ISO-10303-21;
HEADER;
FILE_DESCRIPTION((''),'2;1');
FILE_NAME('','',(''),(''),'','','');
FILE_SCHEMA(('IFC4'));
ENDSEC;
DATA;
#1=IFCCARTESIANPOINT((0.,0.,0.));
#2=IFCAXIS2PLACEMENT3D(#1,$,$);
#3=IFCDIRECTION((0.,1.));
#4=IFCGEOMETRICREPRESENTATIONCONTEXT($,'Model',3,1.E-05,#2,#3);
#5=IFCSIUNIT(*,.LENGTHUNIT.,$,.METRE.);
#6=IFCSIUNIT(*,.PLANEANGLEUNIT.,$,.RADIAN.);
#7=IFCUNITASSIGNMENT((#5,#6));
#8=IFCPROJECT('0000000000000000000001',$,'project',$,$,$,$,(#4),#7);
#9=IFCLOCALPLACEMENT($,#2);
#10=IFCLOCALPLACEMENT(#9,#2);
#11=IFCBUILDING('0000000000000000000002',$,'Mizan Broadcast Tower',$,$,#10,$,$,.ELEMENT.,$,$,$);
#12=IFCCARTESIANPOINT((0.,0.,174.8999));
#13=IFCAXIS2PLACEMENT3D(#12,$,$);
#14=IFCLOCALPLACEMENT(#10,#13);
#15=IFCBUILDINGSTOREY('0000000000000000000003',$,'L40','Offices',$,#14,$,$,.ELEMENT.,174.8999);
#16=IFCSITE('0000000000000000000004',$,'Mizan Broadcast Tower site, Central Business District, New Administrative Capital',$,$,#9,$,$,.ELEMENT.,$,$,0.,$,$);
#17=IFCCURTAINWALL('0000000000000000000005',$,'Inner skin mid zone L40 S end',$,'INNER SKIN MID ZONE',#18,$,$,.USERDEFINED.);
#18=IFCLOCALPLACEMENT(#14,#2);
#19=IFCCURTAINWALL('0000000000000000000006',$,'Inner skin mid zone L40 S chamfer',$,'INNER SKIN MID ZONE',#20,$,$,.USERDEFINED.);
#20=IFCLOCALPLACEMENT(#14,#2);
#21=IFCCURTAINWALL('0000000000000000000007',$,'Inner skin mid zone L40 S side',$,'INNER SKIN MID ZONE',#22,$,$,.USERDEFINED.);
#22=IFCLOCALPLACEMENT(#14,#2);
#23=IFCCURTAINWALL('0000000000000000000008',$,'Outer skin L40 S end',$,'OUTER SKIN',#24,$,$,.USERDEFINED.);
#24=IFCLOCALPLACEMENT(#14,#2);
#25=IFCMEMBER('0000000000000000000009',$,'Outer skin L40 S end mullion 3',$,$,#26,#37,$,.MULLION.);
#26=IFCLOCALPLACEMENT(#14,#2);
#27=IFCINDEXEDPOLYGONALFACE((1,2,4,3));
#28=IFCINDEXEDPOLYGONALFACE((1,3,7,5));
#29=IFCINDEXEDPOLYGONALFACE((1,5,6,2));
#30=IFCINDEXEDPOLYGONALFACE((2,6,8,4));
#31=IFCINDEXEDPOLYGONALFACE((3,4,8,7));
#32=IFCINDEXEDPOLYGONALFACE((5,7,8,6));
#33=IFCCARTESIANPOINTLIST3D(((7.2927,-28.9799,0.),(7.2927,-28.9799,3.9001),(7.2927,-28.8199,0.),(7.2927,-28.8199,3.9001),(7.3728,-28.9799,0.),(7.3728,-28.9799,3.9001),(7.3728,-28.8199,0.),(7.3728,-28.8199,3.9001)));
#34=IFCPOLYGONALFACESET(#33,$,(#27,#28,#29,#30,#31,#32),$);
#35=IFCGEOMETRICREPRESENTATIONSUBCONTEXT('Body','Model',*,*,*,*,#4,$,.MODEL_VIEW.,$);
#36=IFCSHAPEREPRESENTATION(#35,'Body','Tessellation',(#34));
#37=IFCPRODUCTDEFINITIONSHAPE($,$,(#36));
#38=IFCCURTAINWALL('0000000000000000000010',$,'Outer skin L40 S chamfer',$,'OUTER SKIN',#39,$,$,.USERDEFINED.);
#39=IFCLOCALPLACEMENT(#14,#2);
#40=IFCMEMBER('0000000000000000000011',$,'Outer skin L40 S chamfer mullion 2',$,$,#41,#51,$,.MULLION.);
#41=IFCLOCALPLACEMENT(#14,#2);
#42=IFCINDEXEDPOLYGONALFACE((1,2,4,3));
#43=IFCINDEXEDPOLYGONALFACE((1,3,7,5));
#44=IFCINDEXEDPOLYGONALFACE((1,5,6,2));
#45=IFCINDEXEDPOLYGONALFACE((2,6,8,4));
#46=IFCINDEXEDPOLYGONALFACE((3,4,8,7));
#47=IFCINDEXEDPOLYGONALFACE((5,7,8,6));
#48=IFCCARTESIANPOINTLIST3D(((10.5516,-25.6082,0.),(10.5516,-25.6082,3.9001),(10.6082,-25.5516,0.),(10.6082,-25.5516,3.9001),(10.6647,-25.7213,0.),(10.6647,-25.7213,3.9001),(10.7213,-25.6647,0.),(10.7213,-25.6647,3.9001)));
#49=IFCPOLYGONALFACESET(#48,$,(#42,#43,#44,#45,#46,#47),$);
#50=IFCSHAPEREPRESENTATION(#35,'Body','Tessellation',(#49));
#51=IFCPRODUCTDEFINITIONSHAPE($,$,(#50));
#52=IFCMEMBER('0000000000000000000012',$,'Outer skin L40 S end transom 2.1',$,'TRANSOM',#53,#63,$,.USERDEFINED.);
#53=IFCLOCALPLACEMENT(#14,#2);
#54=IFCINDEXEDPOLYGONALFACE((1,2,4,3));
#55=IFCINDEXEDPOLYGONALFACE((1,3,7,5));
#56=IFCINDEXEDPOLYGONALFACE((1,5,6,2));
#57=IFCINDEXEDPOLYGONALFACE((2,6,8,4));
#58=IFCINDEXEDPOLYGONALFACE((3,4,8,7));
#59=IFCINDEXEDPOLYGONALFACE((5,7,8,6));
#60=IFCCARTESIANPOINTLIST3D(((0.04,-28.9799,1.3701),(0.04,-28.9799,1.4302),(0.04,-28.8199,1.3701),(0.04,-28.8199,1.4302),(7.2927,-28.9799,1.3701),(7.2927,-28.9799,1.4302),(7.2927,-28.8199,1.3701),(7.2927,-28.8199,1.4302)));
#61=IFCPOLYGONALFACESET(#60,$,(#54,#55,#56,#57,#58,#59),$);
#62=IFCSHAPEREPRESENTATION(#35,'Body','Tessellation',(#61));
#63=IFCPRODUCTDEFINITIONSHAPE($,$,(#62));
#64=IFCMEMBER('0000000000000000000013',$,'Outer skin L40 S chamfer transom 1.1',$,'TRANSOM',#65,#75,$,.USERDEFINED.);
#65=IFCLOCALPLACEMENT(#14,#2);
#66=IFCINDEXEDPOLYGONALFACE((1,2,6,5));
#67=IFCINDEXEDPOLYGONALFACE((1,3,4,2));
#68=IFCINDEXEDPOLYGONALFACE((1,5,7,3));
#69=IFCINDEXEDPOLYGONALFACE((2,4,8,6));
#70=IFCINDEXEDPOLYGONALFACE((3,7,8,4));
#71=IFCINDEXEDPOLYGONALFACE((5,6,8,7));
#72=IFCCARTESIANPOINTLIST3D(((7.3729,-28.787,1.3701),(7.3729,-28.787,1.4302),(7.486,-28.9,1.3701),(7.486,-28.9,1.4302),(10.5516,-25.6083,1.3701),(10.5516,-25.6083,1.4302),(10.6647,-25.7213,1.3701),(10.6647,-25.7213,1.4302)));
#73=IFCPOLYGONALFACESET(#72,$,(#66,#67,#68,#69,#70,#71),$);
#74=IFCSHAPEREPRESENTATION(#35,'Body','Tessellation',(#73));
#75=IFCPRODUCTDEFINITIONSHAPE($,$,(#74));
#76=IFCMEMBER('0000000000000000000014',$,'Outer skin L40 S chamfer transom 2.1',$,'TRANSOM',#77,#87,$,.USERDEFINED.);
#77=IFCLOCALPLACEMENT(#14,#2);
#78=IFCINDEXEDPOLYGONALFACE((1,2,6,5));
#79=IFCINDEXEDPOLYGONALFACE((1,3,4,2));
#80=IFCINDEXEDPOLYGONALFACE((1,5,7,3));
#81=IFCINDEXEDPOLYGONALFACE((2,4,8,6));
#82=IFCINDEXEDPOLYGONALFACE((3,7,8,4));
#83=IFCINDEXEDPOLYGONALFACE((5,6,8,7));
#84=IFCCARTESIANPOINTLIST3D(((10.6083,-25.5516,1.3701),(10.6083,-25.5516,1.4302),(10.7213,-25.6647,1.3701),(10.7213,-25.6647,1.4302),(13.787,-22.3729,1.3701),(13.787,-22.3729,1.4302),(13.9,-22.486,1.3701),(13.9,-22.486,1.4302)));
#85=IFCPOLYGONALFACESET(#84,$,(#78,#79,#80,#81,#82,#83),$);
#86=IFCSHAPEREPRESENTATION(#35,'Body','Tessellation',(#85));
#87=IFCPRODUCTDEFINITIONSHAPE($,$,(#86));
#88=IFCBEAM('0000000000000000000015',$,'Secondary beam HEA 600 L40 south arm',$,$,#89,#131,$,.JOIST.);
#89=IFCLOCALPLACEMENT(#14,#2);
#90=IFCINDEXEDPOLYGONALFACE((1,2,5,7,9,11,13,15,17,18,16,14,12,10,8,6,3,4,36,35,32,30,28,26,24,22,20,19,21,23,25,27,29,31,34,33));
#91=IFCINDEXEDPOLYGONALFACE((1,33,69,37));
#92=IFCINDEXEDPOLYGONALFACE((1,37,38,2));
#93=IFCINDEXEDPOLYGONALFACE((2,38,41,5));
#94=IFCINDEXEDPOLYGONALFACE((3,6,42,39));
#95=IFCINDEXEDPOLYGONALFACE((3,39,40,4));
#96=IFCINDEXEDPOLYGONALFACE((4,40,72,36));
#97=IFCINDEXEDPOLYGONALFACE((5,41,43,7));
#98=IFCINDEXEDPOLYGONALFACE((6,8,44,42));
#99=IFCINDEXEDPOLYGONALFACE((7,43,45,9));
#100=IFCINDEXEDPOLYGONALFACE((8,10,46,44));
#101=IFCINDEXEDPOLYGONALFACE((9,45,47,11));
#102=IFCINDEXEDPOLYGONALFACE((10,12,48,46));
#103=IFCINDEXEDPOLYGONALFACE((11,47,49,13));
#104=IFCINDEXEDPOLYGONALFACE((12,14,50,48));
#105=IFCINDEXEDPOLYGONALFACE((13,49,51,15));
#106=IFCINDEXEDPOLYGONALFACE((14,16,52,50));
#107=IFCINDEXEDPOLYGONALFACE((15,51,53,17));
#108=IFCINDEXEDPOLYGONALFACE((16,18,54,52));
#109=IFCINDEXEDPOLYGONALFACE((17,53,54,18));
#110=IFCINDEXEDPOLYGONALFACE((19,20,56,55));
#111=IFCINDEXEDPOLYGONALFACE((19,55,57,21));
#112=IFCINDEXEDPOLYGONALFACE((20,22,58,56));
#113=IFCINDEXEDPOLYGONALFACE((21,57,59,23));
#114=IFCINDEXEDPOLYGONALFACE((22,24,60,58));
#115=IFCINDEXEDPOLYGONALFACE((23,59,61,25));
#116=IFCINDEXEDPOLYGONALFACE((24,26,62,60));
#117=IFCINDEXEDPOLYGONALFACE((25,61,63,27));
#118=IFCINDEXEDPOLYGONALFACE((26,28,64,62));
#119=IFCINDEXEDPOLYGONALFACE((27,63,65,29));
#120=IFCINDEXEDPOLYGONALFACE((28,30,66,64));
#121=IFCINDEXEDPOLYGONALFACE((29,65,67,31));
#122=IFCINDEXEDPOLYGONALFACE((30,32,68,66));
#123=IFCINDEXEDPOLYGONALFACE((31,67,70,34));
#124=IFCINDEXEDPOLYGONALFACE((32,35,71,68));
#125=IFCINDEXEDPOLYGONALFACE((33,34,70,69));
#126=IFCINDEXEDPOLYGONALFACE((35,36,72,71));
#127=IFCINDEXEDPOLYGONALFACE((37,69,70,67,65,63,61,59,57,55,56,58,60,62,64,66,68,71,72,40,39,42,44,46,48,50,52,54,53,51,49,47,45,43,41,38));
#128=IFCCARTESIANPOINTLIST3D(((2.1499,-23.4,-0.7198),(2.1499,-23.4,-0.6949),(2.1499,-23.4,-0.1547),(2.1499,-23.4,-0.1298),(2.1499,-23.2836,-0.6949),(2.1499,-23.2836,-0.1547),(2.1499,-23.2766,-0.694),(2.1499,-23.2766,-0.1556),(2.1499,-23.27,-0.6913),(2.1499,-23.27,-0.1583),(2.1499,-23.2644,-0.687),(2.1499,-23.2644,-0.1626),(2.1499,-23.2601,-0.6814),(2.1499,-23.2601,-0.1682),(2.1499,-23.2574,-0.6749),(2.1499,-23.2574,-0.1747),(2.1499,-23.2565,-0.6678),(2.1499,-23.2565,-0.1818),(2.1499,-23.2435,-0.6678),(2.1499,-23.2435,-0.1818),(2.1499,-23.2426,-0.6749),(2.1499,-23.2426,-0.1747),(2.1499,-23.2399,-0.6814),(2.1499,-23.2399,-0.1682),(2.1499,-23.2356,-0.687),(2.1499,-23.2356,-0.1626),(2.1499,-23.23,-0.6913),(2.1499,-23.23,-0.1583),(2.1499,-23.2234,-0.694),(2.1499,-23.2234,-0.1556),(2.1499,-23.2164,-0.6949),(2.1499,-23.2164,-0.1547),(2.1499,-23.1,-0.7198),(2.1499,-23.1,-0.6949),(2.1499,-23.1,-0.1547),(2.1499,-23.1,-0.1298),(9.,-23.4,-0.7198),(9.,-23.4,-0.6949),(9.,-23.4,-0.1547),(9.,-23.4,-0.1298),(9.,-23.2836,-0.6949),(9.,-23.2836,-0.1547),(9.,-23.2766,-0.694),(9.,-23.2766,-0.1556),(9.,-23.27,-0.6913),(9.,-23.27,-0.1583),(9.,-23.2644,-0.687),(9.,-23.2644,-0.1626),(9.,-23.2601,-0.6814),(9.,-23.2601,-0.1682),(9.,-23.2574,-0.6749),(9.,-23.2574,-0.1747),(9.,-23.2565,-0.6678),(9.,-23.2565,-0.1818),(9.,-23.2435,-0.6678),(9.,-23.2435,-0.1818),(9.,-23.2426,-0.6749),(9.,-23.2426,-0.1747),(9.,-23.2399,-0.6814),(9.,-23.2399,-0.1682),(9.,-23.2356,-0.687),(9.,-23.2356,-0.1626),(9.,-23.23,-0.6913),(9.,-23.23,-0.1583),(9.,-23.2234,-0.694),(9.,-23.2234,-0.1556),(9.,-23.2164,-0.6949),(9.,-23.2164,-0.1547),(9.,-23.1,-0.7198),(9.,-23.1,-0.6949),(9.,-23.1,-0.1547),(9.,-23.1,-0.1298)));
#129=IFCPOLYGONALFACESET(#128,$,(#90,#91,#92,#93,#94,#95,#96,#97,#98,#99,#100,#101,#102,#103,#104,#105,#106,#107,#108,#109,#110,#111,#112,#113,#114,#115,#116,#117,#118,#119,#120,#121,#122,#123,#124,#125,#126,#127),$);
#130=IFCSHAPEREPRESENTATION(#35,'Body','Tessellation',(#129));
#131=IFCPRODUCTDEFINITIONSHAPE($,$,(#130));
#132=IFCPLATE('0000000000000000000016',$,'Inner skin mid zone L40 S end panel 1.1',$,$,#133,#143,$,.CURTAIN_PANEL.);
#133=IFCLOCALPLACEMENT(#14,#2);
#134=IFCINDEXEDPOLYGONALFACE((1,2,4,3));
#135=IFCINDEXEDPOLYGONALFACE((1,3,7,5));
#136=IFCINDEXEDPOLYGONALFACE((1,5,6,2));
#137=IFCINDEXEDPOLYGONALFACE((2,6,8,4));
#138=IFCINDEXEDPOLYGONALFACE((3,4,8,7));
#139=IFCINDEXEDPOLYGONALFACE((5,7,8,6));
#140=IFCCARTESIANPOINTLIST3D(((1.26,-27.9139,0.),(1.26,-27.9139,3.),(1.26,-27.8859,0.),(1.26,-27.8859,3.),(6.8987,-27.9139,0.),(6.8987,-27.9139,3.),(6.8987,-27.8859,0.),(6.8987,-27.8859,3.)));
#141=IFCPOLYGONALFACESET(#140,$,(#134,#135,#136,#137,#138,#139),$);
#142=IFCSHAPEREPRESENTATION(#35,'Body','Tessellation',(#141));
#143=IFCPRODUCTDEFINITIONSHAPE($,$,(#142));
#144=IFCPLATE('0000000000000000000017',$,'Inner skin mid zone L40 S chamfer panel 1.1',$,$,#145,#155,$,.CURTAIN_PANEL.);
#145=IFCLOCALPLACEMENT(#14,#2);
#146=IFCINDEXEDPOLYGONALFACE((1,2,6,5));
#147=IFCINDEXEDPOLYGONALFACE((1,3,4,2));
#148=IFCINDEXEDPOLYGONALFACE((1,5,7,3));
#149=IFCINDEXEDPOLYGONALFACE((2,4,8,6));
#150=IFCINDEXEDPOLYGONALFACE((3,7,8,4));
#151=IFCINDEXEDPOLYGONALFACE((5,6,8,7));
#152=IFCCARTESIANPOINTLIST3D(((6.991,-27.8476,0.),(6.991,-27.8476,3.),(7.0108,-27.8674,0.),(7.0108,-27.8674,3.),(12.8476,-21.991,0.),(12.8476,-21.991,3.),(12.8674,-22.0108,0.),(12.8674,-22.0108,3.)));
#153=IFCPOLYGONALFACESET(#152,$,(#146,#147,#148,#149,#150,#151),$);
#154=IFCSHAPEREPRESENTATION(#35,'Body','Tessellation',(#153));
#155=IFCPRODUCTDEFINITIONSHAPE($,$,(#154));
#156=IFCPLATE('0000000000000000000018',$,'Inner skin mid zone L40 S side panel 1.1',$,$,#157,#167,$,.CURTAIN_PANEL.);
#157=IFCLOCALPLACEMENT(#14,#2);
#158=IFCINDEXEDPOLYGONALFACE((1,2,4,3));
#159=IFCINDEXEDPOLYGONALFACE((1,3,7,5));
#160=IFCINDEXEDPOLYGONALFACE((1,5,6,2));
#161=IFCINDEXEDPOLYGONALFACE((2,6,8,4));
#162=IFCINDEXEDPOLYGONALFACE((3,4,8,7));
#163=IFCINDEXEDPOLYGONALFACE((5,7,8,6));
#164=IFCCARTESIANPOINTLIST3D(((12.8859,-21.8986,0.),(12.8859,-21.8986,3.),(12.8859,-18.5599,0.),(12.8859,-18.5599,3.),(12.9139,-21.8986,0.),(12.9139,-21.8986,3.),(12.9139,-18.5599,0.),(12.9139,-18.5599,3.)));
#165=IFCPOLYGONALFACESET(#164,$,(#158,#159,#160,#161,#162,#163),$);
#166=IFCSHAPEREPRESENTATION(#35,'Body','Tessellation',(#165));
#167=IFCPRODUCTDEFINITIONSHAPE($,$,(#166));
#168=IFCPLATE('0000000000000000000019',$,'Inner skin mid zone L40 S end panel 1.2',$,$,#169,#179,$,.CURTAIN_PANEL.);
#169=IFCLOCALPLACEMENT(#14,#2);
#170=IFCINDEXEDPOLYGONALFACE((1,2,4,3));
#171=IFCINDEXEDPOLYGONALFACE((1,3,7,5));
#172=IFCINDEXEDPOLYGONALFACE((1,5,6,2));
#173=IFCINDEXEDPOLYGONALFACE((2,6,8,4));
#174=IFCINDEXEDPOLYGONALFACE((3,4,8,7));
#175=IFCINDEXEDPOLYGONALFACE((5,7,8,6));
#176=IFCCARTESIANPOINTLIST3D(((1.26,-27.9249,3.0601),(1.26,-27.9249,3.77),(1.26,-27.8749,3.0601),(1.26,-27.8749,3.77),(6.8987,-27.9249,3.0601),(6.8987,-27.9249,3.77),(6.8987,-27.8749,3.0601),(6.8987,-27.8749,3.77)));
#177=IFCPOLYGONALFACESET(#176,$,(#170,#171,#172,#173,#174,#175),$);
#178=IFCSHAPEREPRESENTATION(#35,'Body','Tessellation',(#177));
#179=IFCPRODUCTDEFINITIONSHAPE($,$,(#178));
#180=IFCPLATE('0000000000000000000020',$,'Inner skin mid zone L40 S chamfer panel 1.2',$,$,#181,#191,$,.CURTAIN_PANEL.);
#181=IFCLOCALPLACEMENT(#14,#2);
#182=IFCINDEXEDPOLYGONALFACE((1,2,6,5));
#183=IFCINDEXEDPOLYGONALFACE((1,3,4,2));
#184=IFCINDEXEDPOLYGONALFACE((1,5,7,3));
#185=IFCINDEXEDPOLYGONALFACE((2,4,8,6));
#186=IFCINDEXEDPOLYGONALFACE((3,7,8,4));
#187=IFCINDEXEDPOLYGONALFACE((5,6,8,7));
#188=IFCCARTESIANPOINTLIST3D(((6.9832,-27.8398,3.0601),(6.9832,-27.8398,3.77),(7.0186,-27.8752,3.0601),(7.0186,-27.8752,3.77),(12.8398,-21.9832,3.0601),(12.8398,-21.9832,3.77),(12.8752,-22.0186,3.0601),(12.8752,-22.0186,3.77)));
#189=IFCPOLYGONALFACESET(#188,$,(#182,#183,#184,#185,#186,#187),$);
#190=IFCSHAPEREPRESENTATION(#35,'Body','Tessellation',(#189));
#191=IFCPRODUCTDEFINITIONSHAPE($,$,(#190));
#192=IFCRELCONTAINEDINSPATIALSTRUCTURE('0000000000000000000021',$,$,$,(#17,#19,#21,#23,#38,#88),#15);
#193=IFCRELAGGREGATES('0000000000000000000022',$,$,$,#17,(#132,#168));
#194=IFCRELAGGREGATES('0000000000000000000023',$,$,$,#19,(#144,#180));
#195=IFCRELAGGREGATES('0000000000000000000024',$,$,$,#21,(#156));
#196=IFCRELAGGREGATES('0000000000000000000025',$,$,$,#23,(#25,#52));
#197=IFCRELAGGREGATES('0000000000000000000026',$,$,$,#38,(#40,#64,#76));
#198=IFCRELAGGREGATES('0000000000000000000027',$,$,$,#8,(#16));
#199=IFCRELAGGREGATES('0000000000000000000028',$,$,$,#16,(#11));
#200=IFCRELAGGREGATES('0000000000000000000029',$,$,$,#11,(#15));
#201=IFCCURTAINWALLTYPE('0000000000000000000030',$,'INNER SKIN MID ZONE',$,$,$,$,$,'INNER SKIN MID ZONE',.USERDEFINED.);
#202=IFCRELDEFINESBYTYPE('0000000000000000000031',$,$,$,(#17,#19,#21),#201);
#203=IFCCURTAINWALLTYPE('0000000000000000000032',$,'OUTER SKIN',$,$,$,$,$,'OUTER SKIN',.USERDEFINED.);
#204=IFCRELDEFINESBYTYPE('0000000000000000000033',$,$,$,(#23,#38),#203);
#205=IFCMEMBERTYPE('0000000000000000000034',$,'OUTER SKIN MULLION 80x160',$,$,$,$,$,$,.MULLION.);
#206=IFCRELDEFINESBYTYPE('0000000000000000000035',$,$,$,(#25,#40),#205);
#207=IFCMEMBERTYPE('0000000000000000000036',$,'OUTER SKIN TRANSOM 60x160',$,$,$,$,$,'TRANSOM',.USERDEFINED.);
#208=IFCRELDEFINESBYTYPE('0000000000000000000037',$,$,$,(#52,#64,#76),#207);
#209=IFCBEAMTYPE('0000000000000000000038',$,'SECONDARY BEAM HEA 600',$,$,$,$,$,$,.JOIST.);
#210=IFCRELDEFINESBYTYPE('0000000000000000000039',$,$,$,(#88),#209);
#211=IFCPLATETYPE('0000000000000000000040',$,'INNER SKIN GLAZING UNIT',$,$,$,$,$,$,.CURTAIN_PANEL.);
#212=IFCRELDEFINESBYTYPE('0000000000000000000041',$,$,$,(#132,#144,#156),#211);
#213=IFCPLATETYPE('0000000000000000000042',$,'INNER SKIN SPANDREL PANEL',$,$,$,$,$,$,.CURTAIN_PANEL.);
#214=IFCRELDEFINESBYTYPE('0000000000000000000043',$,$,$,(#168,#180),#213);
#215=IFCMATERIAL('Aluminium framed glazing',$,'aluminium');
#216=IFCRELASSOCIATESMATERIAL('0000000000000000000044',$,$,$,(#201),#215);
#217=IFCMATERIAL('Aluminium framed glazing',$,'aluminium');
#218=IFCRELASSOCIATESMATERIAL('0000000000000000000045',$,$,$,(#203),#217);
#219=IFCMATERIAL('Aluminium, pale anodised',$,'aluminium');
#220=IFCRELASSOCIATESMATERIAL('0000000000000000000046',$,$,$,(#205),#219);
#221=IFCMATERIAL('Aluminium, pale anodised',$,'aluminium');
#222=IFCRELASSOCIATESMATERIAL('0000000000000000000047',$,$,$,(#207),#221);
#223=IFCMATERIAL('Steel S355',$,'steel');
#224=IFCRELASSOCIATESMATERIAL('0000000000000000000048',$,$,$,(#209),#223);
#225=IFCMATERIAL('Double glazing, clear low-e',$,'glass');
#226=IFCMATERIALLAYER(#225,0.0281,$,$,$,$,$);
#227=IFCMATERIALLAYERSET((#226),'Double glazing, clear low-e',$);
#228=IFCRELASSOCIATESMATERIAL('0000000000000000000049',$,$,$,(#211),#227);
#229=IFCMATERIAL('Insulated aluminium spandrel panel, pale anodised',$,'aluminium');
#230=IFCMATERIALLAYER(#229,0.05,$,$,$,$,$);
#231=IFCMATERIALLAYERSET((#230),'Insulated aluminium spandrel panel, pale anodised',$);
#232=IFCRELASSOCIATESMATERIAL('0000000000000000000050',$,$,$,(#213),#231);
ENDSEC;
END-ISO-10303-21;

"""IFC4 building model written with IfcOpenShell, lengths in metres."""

from ifc_helpers import new_model, si_unit, direction, frame, origin, origin_2d, place, context, subcontext, project, spatial, rectangle, i_section, extrude, material, layer, layer_set, material_profile, profile_set, type_object, element, aggregate, save


model = new_model("IFC4")

# Units and contexts
model_context = context("Model", 3, precision=1e-05, world=origin(), true_north=direction((0.0, 1.0)))
body_context = subcontext(model_context, "Body", "Model", "MODEL_VIEW")
ifc_project = project(units=[si_unit("LENGTHUNIT", "METRE"), si_unit("PLANEANGLEUNIT", "RADIAN")], contexts=[model_context])

# Site, building, storey
site_placement = place(None, origin())
site = spatial("IfcSite", under=ifc_project, at=site_placement, Name="Mizan Broadcast Tower site, Central Business District, New Administrative Capital", CompositionType="ELEMENT", RefElevation=0.0)
building_placement = place(site_placement, origin())
building = spatial("IfcBuilding", under=site, at=building_placement, Name="Mizan Broadcast Tower", CompositionType="ELEMENT")
storey_placement = place(building_placement, frame((0.0, 0.0, 174.8999)))
storey = spatial("IfcBuildingStorey", under=building, at=storey_placement, Name="L40", Description="Offices", CompositionType="ELEMENT", Elevation=174.8999)

# Curtain wall
ifc_material_1 = material(Name="Aluminium framed glazing", Category="aluminium")
curtain_wall_type_1 = type_object("IfcCurtainWallType", Name="INNER SKIN MID ZONE", ElementType="INNER SKIN MID ZONE", PredefinedType="USERDEFINED", material=ifc_material_1)
curtain_wall_1_placement = place(storey_placement, origin())
curtain_wall_1 = element("IfcCurtainWall", 1, at=curtain_wall_1_placement, inside=storey, type_object=curtain_wall_type_1, Name="Inner skin mid zone L40 S end", ObjectType="INNER SKIN MID ZONE", PredefinedType="USERDEFINED")

# Curtain wall
curtain_wall_2_placement = place(storey_placement, origin())
curtain_wall_2 = element("IfcCurtainWall", 2, at=curtain_wall_2_placement, inside=storey, type_object=curtain_wall_type_1, Name="Inner skin mid zone L40 S chamfer", ObjectType="INNER SKIN MID ZONE", PredefinedType="USERDEFINED")

# Curtain wall
curtain_wall_3_placement = place(storey_placement, origin())
curtain_wall_3 = element("IfcCurtainWall", 3, at=curtain_wall_3_placement, inside=storey, type_object=curtain_wall_type_1, Name="Inner skin mid zone L40 S side", ObjectType="INNER SKIN MID ZONE", PredefinedType="USERDEFINED")

# Curtain wall, member
ifc_material_2 = material(Name="Aluminium framed glazing", Category="aluminium")
curtain_wall_type_2 = type_object("IfcCurtainWallType", Name="OUTER SKIN", ElementType="OUTER SKIN", PredefinedType="USERDEFINED", material=ifc_material_2)
curtain_wall_4_placement = place(storey_placement, origin())
curtain_wall_4 = element("IfcCurtainWall", 4, at=curtain_wall_4_placement, inside=storey, type_object=curtain_wall_type_2, Name="Outer skin L40 S end", ObjectType="OUTER SKIN", PredefinedType="USERDEFINED")
ifc_material_3 = material(Name="Aluminium, pale anodised", Category="aluminium")
ifc_material_profile_1 = material_profile(ifc_material_3, rectangle(XDim=0.1599, YDim=0.0801, at=origin_2d()), Name="MULLION 160x80")
ifc_profile_set_1 = profile_set([ifc_material_profile_1], Name="Aluminium, pale anodised")
member_type_1 = type_object("IfcMemberType", Name="OUTER SKIN MULLION 80x160", PredefinedType="MULLION", material=ifc_profile_set_1)
member_1_placement = place(storey_placement, frame((7.3328, -28.8999, 0.0), z_axis=(0.0, 0.0, 1.0), x_axis=(0.0, 1.0, 0.0)))
member_1 = element("IfcMember", 5, at=member_1_placement, type_object=member_type_1, Name="Outer skin L40 S end mullion 3", PredefinedType="MULLION", context=body_context, shape_type="SweptSolid", body=[
    extrude(rectangle(XDim=0.1599, YDim=0.0801, at=origin_2d()), origin(), (0.0, 0.0, 1.0), 3.9001),
])

# Curtain wall, member
curtain_wall_5_placement = place(storey_placement, origin())
curtain_wall_5 = element("IfcCurtainWall", 6, at=curtain_wall_5_placement, inside=storey, type_object=curtain_wall_type_2, Name="Outer skin L40 S chamfer", ObjectType="OUTER SKIN", PredefinedType="USERDEFINED")
member_2_placement = place(storey_placement, frame((10.6365, -25.6365, 0.0), z_axis=(0.0, 0.0, 1.0), x_axis=(-0.707107, 0.707107, 0.0)))
member_2 = element("IfcMember", 7, at=member_2_placement, type_object=member_type_1, Name="Outer skin L40 S chamfer mullion 2", PredefinedType="MULLION", context=body_context, shape_type="SweptSolid", body=[
    extrude(rectangle(XDim=0.1599, YDim=0.0801, at=origin_2d()), origin(), (0.0, 0.0, 1.0), 3.9001),
])

# Members
ifc_material_4 = material(Name="Aluminium, pale anodised", Category="aluminium")
ifc_material_profile_2 = material_profile(ifc_material_4, rectangle(XDim=0.1599, YDim=0.0601, at=origin_2d()), Name="TRANSOM 160x60")
ifc_profile_set_2 = profile_set([ifc_material_profile_2], Name="Aluminium, pale anodised")
member_type_2 = type_object("IfcMemberType", Name="OUTER SKIN TRANSOM 60x160", ElementType="TRANSOM", PredefinedType="USERDEFINED", material=ifc_profile_set_2)
member_3_placement = place(storey_placement, frame((0.04, -28.8999, 1.4001), z_axis=(1.0, 0.0, 0.0), x_axis=(0.0, 1.0, 0.0)))
member_3 = element("IfcMember", 8, at=member_3_placement, type_object=member_type_2, Name="Outer skin L40 S end transom 2.1", ObjectType="TRANSOM", PredefinedType="USERDEFINED", context=body_context, shape_type="SweptSolid", body=[
    extrude(rectangle(XDim=0.1599, YDim=0.0601, at=origin_2d()), origin(), (0.0, 0.0, 1.0), 7.2527),
])
member_4_placement = place(storey_placement, frame((7.4294, -28.8435, 1.4001), z_axis=(0.707107, 0.707107, 0.0), x_axis=(-0.707107, 0.707107, 0.0)))
member_4 = element("IfcMember", 9, at=member_4_placement, type_object=member_type_2, Name="Outer skin L40 S chamfer transom 1.1", ObjectType="TRANSOM", PredefinedType="USERDEFINED", context=body_context, shape_type="SweptSolid", body=[
    extrude(rectangle(XDim=0.1599, YDim=0.0601, at=origin_2d()), origin(), (0.0, 0.0, 1.0), 4.4954),
])
member_5_placement = place(storey_placement, frame((10.6648, -25.6082, 1.4001), z_axis=(0.707107, 0.707107, 0.0), x_axis=(-0.707107, 0.707107, 0.0)))
member_5 = element("IfcMember", 10, at=member_5_placement, type_object=member_type_2, Name="Outer skin L40 S chamfer transom 2.1", ObjectType="TRANSOM", PredefinedType="USERDEFINED", context=body_context, shape_type="SweptSolid", body=[
    extrude(rectangle(XDim=0.1599, YDim=0.0601, at=origin_2d()), origin(), (0.0, 0.0, 1.0), 4.4954),
])

# Beam
ifc_material_5 = material(Name="Steel S355", Category="steel")
ifc_material_profile_3 = material_profile(ifc_material_5, i_section(OverallWidth=0.3, OverallDepth=0.5901, WebThickness=0.0129, FlangeThickness=0.0249, FilletRadius=0.0271, at=origin_2d()), Name="HEA 600")
ifc_profile_set_3 = profile_set([ifc_material_profile_3], Name="Steel S355")
beam_type_1 = type_object("IfcBeamType", Name="SECONDARY BEAM HEA 600", PredefinedType="JOIST", material=ifc_profile_set_3)
beam_1_placement = place(storey_placement, frame((9.0, -23.25, -0.4248), z_axis=(-1.0, 0.0, 0.0), x_axis=(0.0, -1.0, 0.0)))
element("IfcBeam", 11, at=beam_1_placement, inside=storey, type_object=beam_type_1, Name="Secondary beam HEA 600 L40 south arm", PredefinedType="JOIST", context=body_context, shape_type="SweptSolid", body=[
    extrude(i_section(OverallWidth=0.3, OverallDepth=0.5901, WebThickness=0.0129, FlangeThickness=0.0249, FilletRadius=0.0271, at=origin_2d()), origin(), (0.0, 0.0, 1.0), 6.8501),
])

# Plates
ifc_material_6 = material(Name="Double glazing, clear low-e", Category="glass")
ifc_layer_1 = layer(ifc_material_6, 0.0281)
ifc_layer_set_1 = layer_set([ifc_layer_1], Name="Double glazing, clear low-e")
plate_type_1 = type_object("IfcPlateType", Name="INNER SKIN GLAZING UNIT", PredefinedType="CURTAIN_PANEL", material=ifc_layer_set_1)
plate_1_placement = place(storey_placement, frame((4.0793, -27.8999, 0.0), z_axis=(0.0, 0.0, 1.0), x_axis=(1.0, 0.0, 0.0)))
plate_1 = element("IfcPlate", 12, at=plate_1_placement, type_object=plate_type_1, Name="Inner skin mid zone L40 S end panel 1.1", PredefinedType="CURTAIN_PANEL", context=body_context, shape_type="SweptSolid", body=[
    extrude(rectangle(XDim=5.6387, YDim=0.0281, at=origin_2d()), origin(), (0.0, 0.0, 1.0), 3.0),
])
plate_2_placement = place(storey_placement, frame((9.9292, -24.9292, 0.0), z_axis=(0.0, 0.0, 1.0), x_axis=(0.707107, 0.707107, 0.0)))
plate_2 = element("IfcPlate", 13, at=plate_2_placement, type_object=plate_type_1, Name="Inner skin mid zone L40 S chamfer panel 1.1", PredefinedType="CURTAIN_PANEL", context=body_context, shape_type="SweptSolid", body=[
    extrude(rectangle(XDim=8.2825, YDim=0.0281, at=origin_2d()), origin(), (0.0, 0.0, 1.0), 3.0),
])
plate_3_placement = place(storey_placement, frame((12.8999, -20.2292, 0.0), z_axis=(0.0, 0.0, 1.0), x_axis=(0.0, 1.0, 0.0)))
plate_3 = element("IfcPlate", 14, at=plate_3_placement, type_object=plate_type_1, Name="Inner skin mid zone L40 S side panel 1.1", PredefinedType="CURTAIN_PANEL", context=body_context, shape_type="SweptSolid", body=[
    extrude(rectangle(XDim=3.3386, YDim=0.0281, at=origin_2d()), origin(), (0.0, 0.0, 1.0), 3.0),
])
ifc_material_7 = material(Name="Insulated aluminium spandrel panel, pale anodised", Category="aluminium")
ifc_layer_2 = layer(ifc_material_7, 0.05)
ifc_layer_set_2 = layer_set([ifc_layer_2], Name="Insulated aluminium spandrel panel, pale anodised")
plate_type_2 = type_object("IfcPlateType", Name="INNER SKIN SPANDREL PANEL", PredefinedType="CURTAIN_PANEL", material=ifc_layer_set_2)
plate_4_placement = place(storey_placement, frame((4.0793, -27.8999, 3.0601), z_axis=(0.0, 0.0, 1.0), x_axis=(1.0, 0.0, 0.0)))
plate_4 = element("IfcPlate", 15, at=plate_4_placement, type_object=plate_type_2, Name="Inner skin mid zone L40 S end panel 1.2", PredefinedType="CURTAIN_PANEL", context=body_context, shape_type="SweptSolid", body=[
    extrude(rectangle(XDim=5.6387, YDim=0.05, at=origin_2d()), origin(), (0.0, 0.0, 1.0), 0.71),
])
aggregate(curtain_wall_1, [plate_1, plate_4])
plate_5_placement = place(storey_placement, frame((9.9292, -24.9292, 3.0601), z_axis=(0.0, 0.0, 1.0), x_axis=(0.707107, 0.707107, 0.0)))
plate_5 = element("IfcPlate", 16, at=plate_5_placement, type_object=plate_type_2, Name="Inner skin mid zone L40 S chamfer panel 1.2", PredefinedType="CURTAIN_PANEL", context=body_context, shape_type="SweptSolid", body=[
    extrude(rectangle(XDim=8.2825, YDim=0.05, at=origin_2d()), origin(), (0.0, 0.0, 1.0), 0.71),
])
aggregate(curtain_wall_2, [plate_2, plate_5])
aggregate(curtain_wall_3, [plate_3])
aggregate(curtain_wall_4, [member_1, member_3])
aggregate(curtain_wall_5, [member_2, member_4, member_5])

save(model, "model.ifc")
